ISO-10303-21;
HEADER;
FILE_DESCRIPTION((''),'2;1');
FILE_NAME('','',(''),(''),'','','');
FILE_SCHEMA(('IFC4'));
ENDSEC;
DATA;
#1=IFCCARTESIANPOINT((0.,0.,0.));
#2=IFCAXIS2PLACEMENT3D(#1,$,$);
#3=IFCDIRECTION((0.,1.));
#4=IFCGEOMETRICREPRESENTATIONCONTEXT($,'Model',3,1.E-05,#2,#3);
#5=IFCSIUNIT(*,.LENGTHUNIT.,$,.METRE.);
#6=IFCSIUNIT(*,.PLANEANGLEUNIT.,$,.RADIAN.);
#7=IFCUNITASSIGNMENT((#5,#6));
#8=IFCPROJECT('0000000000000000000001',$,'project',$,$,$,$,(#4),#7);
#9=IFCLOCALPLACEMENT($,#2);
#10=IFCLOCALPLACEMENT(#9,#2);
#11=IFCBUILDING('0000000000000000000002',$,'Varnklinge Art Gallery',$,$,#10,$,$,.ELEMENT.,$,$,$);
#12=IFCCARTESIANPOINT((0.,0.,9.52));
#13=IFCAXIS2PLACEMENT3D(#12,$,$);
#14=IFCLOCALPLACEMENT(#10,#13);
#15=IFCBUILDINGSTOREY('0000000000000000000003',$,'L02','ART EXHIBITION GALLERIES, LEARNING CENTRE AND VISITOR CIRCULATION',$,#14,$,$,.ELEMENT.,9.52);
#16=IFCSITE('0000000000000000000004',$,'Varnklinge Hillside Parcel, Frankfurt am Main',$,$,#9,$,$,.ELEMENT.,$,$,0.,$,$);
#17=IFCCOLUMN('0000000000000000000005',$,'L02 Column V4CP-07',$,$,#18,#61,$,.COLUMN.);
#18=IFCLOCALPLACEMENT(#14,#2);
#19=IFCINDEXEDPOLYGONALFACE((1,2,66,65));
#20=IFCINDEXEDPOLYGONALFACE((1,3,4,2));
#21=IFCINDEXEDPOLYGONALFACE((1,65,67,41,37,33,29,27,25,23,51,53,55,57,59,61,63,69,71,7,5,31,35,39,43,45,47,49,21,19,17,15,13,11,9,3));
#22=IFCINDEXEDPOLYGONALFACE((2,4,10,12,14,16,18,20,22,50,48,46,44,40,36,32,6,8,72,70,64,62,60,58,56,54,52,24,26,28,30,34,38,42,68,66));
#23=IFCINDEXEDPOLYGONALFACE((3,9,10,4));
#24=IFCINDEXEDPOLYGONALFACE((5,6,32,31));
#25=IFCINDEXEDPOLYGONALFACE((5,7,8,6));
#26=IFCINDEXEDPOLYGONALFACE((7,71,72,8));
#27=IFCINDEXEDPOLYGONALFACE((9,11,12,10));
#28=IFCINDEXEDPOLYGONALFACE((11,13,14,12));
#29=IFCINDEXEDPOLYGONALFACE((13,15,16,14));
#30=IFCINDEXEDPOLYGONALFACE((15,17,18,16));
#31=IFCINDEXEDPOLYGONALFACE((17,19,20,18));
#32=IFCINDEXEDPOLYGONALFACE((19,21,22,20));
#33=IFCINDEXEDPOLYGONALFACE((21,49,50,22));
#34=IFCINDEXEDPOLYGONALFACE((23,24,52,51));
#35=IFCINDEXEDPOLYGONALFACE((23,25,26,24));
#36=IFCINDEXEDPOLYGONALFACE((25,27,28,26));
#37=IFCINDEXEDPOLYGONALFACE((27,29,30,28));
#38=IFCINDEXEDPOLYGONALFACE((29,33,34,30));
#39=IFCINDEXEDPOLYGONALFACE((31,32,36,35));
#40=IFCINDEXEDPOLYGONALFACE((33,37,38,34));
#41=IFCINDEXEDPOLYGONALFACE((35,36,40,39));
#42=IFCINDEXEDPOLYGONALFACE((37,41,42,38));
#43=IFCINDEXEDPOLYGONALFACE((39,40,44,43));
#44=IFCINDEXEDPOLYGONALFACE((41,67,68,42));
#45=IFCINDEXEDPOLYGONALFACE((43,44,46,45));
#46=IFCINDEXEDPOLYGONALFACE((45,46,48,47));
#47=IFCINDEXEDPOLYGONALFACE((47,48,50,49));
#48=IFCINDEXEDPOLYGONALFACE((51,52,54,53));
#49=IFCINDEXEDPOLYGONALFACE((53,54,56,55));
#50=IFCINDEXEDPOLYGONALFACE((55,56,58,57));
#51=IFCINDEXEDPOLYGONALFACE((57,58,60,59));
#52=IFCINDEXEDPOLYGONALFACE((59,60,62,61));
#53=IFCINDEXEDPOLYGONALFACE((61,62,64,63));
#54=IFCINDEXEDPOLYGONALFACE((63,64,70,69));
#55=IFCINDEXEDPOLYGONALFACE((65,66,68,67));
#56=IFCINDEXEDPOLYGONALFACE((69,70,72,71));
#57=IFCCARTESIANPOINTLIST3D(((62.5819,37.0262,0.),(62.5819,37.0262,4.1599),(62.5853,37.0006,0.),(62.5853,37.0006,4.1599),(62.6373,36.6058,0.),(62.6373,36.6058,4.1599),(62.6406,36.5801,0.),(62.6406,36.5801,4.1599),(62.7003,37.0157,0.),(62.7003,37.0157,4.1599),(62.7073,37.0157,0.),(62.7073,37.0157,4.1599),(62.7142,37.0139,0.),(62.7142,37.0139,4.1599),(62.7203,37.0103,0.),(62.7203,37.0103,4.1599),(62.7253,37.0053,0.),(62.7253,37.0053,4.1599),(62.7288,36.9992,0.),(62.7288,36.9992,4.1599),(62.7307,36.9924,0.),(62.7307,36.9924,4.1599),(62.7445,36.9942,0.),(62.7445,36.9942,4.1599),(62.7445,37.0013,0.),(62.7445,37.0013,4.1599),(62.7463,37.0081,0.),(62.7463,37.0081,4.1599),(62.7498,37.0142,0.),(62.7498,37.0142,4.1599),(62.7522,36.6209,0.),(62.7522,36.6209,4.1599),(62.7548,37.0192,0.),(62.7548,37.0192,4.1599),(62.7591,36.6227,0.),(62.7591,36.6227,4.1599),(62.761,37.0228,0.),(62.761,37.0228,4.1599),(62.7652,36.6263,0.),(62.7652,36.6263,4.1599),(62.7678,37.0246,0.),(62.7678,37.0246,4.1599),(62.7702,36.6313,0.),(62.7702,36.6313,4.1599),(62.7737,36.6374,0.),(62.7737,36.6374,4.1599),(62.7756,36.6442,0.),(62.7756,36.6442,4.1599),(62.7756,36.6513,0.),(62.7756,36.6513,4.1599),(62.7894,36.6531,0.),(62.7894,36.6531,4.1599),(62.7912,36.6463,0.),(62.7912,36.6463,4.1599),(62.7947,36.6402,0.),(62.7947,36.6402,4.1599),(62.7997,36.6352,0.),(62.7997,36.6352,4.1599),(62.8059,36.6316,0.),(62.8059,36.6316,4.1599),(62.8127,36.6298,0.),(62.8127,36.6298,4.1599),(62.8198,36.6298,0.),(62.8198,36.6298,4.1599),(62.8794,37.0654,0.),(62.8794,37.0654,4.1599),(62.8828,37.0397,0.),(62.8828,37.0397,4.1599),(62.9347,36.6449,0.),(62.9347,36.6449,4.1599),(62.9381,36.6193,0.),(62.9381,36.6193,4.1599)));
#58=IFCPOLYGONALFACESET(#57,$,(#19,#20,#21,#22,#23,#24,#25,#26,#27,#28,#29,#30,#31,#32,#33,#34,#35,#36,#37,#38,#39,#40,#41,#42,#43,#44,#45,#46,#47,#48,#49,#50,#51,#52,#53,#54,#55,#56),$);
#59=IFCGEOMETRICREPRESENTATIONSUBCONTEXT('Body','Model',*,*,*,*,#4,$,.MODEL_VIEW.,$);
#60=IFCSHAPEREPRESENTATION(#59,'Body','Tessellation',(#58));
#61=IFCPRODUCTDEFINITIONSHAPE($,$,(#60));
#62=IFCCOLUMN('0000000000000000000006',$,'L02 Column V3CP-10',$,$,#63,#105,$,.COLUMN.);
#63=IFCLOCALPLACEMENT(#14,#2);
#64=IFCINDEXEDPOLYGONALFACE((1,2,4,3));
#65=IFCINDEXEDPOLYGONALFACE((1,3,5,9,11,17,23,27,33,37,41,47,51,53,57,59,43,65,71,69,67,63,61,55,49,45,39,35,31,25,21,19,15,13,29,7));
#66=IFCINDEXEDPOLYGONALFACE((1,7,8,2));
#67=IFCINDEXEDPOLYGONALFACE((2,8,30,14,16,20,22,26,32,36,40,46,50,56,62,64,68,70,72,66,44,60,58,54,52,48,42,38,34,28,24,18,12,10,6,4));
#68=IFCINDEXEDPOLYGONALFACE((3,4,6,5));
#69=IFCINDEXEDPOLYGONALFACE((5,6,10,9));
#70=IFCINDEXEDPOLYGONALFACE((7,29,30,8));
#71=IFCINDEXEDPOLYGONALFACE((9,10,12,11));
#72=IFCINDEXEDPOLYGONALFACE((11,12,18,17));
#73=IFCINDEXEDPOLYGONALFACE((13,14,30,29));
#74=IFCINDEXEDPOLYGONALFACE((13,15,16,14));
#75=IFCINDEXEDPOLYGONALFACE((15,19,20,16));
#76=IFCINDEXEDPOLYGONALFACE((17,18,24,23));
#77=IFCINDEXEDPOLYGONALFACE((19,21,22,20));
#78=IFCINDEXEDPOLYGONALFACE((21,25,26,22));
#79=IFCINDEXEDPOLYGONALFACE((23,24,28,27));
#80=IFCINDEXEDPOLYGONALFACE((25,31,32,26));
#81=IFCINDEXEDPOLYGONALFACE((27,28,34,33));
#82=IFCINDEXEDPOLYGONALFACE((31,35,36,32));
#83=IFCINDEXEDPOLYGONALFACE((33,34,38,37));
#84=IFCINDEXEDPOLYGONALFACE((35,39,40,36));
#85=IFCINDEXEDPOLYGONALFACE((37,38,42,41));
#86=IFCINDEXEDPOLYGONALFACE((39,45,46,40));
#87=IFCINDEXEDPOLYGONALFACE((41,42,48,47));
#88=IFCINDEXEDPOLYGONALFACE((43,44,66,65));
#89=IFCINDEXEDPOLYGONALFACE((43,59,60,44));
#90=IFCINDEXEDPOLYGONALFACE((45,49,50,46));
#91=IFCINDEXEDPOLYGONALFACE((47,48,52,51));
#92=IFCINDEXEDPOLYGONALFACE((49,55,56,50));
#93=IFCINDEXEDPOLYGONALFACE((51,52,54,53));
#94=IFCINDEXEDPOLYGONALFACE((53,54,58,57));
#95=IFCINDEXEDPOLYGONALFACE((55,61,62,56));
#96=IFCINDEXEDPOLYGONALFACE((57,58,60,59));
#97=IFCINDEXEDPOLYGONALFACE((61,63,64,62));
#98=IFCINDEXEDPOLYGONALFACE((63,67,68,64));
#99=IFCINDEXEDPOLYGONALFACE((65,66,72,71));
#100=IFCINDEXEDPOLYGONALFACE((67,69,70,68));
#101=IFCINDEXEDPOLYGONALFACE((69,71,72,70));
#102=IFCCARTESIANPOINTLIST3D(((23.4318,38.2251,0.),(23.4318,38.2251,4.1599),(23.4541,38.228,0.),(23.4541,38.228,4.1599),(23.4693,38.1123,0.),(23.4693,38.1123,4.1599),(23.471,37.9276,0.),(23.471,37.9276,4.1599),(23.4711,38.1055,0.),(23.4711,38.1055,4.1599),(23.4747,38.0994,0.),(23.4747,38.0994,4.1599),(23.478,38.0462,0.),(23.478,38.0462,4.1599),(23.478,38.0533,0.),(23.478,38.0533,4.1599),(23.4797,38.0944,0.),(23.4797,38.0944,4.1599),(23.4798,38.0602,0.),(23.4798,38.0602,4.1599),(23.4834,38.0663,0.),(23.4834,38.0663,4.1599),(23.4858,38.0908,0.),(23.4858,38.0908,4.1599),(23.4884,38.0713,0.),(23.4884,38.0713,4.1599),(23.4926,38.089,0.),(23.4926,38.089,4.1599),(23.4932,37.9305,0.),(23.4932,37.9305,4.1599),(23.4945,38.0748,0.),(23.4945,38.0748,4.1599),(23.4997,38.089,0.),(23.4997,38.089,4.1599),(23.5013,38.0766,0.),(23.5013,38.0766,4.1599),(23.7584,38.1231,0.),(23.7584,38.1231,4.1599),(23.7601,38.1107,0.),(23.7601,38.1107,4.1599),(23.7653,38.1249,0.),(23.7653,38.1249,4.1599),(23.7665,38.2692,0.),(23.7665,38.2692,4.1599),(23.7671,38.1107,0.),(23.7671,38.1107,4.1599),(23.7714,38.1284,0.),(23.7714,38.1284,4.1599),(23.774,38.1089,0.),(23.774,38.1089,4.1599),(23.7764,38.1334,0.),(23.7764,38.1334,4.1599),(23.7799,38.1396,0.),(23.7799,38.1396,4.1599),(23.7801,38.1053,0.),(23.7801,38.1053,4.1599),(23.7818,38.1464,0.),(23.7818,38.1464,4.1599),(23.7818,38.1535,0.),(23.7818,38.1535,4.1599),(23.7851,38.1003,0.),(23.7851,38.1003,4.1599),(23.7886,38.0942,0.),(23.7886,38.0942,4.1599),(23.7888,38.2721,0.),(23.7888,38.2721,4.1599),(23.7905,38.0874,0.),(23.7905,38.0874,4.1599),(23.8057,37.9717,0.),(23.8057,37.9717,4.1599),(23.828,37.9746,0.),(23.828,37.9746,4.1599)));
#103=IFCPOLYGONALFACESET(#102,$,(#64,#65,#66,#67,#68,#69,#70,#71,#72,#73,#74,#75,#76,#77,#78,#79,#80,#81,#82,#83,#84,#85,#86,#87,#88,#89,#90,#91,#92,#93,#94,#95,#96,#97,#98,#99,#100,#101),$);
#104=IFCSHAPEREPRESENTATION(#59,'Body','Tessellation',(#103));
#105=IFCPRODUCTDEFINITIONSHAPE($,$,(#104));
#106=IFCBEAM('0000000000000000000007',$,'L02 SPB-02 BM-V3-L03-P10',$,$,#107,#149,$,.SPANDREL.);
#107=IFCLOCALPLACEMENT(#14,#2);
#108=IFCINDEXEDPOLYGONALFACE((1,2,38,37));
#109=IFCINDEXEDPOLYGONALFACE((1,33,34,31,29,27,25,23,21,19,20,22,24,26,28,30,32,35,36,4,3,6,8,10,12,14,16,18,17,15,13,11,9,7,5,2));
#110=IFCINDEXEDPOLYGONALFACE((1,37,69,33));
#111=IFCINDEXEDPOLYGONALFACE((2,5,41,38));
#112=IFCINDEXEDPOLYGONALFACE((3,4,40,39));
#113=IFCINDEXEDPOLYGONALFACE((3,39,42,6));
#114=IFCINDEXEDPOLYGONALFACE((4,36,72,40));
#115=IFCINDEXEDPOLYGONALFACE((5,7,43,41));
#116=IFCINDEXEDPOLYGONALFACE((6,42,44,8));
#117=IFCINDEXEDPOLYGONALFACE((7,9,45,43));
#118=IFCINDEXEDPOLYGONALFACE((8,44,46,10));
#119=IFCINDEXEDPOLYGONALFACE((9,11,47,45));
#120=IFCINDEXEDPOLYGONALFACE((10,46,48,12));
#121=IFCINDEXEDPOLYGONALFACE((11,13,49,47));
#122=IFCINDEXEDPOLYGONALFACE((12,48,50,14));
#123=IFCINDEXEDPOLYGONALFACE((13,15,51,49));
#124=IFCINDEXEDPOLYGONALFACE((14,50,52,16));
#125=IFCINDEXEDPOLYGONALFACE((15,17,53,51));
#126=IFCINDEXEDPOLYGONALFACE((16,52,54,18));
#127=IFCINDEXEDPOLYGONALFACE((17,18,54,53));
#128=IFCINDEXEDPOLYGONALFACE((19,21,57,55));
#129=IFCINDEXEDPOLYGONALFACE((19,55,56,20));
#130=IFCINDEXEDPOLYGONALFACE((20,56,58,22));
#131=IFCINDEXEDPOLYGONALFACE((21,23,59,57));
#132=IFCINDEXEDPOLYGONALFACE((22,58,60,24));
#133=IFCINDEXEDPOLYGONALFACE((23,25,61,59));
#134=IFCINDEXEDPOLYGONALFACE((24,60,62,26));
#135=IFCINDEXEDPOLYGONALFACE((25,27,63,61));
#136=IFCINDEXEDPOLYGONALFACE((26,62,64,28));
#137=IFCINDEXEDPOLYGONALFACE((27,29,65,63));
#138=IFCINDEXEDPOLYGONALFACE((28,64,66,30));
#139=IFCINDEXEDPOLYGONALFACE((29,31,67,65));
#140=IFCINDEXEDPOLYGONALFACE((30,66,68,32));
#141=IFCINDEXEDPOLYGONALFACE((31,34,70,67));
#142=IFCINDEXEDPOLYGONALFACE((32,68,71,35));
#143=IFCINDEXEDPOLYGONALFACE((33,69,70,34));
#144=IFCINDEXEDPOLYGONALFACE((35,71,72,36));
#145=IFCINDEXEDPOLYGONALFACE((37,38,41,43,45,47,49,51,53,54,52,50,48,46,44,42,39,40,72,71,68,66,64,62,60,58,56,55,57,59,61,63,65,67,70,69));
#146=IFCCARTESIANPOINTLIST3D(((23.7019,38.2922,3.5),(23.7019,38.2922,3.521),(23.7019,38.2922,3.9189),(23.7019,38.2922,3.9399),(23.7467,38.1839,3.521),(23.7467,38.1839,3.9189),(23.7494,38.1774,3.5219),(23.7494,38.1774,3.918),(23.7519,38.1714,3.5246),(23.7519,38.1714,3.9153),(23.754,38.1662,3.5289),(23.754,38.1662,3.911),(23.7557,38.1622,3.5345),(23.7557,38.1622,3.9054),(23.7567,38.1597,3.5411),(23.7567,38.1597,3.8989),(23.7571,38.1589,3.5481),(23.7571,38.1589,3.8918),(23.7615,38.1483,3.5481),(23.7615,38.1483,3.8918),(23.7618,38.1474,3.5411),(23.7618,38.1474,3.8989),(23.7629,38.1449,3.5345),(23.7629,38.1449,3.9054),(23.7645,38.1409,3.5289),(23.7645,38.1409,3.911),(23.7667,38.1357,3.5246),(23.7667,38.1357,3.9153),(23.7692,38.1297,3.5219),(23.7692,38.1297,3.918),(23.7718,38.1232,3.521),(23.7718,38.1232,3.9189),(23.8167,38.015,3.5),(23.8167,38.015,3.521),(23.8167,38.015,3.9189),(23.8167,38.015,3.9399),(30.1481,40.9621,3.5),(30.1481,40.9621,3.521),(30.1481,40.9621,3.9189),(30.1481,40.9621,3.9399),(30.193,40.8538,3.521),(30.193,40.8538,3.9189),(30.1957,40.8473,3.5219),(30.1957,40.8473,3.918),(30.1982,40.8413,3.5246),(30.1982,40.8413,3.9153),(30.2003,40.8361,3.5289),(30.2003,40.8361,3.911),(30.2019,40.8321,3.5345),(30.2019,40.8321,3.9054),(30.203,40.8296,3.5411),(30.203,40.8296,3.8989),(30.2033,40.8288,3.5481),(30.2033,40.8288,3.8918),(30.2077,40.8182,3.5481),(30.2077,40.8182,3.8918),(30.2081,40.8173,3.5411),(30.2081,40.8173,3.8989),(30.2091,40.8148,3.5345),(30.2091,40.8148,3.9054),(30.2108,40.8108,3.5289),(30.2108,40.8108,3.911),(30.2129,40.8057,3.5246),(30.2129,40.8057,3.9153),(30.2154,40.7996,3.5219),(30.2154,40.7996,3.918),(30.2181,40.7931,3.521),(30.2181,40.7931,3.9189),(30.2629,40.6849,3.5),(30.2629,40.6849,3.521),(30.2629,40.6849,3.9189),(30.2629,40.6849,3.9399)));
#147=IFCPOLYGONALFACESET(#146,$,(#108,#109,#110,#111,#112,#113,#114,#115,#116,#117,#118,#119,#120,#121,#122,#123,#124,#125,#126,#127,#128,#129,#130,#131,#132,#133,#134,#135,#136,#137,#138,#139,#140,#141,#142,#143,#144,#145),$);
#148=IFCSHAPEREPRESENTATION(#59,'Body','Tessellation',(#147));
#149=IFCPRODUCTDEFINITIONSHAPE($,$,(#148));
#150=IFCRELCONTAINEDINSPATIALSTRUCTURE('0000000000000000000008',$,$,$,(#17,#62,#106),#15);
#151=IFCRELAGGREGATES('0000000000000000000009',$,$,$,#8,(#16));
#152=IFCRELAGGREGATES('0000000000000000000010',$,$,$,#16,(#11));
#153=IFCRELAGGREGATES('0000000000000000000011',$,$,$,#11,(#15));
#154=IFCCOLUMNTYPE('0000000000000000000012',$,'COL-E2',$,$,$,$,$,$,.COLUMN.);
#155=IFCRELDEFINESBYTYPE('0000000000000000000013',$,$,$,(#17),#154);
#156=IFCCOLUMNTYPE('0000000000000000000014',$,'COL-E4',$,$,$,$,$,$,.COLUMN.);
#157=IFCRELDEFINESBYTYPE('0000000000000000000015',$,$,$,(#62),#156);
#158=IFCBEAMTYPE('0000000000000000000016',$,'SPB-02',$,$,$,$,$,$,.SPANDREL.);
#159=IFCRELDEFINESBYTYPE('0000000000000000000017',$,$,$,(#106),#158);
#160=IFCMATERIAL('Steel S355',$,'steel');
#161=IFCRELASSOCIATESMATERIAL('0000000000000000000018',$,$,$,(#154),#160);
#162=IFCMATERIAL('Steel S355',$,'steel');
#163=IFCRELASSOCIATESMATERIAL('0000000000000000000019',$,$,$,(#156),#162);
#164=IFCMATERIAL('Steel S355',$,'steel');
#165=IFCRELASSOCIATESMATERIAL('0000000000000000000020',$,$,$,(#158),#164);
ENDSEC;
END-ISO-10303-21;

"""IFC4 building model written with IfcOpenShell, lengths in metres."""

from ifc_helpers import new_model, si_unit, direction, frame, origin, origin_2d, place, context, subcontext, project, spatial, i_section, extrude, material, material_profile, profile_set, type_object, element, save


model = new_model("IFC4")

# Units and contexts
model_context = context("Model", 3, precision=1e-05, world=origin(), true_north=direction((0.0, 1.0)))
body_context = subcontext(model_context, "Body", "Model", "MODEL_VIEW")
ifc_project = project(units=[si_unit("LENGTHUNIT", "METRE"), si_unit("PLANEANGLEUNIT", "RADIAN")], contexts=[model_context])

# Site, building, storey
site_placement = place(None, origin())
site = spatial("IfcSite", under=ifc_project, at=site_placement, Name="Varnklinge Hillside Parcel, Frankfurt am Main", CompositionType="ELEMENT", RefElevation=0.0)
building_placement = place(site_placement, origin())
building = spatial("IfcBuilding", under=site, at=building_placement, Name="Varnklinge Art Gallery", CompositionType="ELEMENT")
storey_placement = place(building_placement, frame((0.0, 0.0, 9.52)))
storey = spatial("IfcBuildingStorey", under=building, at=storey_placement, Name="L02", Description="ART EXHIBITION GALLERIES, LEARNING CENTRE AND VISITOR CIRCULATION", CompositionType="ELEMENT", Elevation=9.52)

# Columns
ifc_material_1 = material(Name="Steel S355", Category="steel")
ifc_material_profile_1 = material_profile(ifc_material_1, i_section(OverallWidth=0.3, OverallDepth=0.45, WebThickness=0.0139, FlangeThickness=0.0259, FilletRadius=0.0271, at=origin_2d()), Name="HEB 450")
ifc_profile_set_1 = profile_set([ifc_material_profile_1], Name="Steel S355")
column_type_1 = type_object("IfcColumnType", Name="COL-E2", PredefinedType="COLUMN", material=ifc_profile_set_1)
column_1_placement = place(storey_placement, frame((62.76, 36.8228, 0.0), z_axis=(0.0, 0.0, 1.0), x_axis=(-0.991445, -0.130526, 0.0)))
element("IfcColumn", 1, at=column_1_placement, inside=storey, type_object=column_type_1, Name="L02 Column V4CP-07", PredefinedType="COLUMN", context=body_context, shape_type="SweptSolid", body=[
    extrude(i_section(OverallWidth=0.3, OverallDepth=0.45, WebThickness=0.0139, FlangeThickness=0.0259, FilletRadius=0.0271, at=origin_2d()), origin(), (0.0, 0.0, 1.0), 4.1599),
])
ifc_material_2 = material(Name="Steel S355", Category="steel")
ifc_material_profile_2 = material_profile(ifc_material_2, i_section(OverallWidth=0.3, OverallDepth=0.3601, WebThickness=0.0125, FlangeThickness=0.0225, FilletRadius=0.0271, at=origin_2d()), Name="HEB 360")
ifc_profile_set_2 = profile_set([ifc_material_profile_2], Name="Steel S355")
column_type_2 = type_object("IfcColumnType", Name="COL-E4", PredefinedType="COLUMN", material=ifc_profile_set_2)
column_2_placement = place(storey_placement, frame((23.6299, 38.0999, 0.0), z_axis=(0.0, 0.0, 1.0), x_axis=(0.130526, -0.991445, 0.0)))
element("IfcColumn", 2, at=column_2_placement, inside=storey, type_object=column_type_2, Name="L02 Column V3CP-10", PredefinedType="COLUMN", context=body_context, shape_type="SweptSolid", body=[
    extrude(i_section(OverallWidth=0.3, OverallDepth=0.3601, WebThickness=0.0125, FlangeThickness=0.0225, FilletRadius=0.0271, at=origin_2d()), origin(), (0.0, 0.0, 1.0), 4.1599),
])

# Beam
ifc_material_3 = material(Name="Steel S355", Category="steel")
ifc_material_profile_3 = material_profile(ifc_material_3, i_section(OverallWidth=0.3, OverallDepth=0.4399, WebThickness=0.0115, FlangeThickness=0.021, FilletRadius=0.0271, at=origin_2d()), Name="HEA 450")
ifc_profile_set_3 = profile_set([ifc_material_profile_3], Name="Steel S355")
beam_type_1 = type_object("IfcBeamType", Name="SPB-02", PredefinedType="SPANDREL", material=ifc_profile_set_3)
beam_1_placement = place(storey_placement, frame((23.7593, 38.1536, 3.72), z_axis=(0.923891, 0.382657, 0.0), x_axis=(-0.382657, 0.923891, 0.0)))
element("IfcBeam", 3, at=beam_1_placement, inside=storey, type_object=beam_type_1, Name="L02 SPB-02 BM-V3-L03-P10", PredefinedType="SPANDREL", context=body_context, shape_type="SweptSolid", body=[
    extrude(i_section(OverallWidth=0.3, OverallDepth=0.4399, WebThickness=0.0115, FlangeThickness=0.021, FilletRadius=0.0271, at=origin_2d()), origin(), (0.0, 0.0, 1.0), 6.9773),
])

save(model, "model.ifc")
